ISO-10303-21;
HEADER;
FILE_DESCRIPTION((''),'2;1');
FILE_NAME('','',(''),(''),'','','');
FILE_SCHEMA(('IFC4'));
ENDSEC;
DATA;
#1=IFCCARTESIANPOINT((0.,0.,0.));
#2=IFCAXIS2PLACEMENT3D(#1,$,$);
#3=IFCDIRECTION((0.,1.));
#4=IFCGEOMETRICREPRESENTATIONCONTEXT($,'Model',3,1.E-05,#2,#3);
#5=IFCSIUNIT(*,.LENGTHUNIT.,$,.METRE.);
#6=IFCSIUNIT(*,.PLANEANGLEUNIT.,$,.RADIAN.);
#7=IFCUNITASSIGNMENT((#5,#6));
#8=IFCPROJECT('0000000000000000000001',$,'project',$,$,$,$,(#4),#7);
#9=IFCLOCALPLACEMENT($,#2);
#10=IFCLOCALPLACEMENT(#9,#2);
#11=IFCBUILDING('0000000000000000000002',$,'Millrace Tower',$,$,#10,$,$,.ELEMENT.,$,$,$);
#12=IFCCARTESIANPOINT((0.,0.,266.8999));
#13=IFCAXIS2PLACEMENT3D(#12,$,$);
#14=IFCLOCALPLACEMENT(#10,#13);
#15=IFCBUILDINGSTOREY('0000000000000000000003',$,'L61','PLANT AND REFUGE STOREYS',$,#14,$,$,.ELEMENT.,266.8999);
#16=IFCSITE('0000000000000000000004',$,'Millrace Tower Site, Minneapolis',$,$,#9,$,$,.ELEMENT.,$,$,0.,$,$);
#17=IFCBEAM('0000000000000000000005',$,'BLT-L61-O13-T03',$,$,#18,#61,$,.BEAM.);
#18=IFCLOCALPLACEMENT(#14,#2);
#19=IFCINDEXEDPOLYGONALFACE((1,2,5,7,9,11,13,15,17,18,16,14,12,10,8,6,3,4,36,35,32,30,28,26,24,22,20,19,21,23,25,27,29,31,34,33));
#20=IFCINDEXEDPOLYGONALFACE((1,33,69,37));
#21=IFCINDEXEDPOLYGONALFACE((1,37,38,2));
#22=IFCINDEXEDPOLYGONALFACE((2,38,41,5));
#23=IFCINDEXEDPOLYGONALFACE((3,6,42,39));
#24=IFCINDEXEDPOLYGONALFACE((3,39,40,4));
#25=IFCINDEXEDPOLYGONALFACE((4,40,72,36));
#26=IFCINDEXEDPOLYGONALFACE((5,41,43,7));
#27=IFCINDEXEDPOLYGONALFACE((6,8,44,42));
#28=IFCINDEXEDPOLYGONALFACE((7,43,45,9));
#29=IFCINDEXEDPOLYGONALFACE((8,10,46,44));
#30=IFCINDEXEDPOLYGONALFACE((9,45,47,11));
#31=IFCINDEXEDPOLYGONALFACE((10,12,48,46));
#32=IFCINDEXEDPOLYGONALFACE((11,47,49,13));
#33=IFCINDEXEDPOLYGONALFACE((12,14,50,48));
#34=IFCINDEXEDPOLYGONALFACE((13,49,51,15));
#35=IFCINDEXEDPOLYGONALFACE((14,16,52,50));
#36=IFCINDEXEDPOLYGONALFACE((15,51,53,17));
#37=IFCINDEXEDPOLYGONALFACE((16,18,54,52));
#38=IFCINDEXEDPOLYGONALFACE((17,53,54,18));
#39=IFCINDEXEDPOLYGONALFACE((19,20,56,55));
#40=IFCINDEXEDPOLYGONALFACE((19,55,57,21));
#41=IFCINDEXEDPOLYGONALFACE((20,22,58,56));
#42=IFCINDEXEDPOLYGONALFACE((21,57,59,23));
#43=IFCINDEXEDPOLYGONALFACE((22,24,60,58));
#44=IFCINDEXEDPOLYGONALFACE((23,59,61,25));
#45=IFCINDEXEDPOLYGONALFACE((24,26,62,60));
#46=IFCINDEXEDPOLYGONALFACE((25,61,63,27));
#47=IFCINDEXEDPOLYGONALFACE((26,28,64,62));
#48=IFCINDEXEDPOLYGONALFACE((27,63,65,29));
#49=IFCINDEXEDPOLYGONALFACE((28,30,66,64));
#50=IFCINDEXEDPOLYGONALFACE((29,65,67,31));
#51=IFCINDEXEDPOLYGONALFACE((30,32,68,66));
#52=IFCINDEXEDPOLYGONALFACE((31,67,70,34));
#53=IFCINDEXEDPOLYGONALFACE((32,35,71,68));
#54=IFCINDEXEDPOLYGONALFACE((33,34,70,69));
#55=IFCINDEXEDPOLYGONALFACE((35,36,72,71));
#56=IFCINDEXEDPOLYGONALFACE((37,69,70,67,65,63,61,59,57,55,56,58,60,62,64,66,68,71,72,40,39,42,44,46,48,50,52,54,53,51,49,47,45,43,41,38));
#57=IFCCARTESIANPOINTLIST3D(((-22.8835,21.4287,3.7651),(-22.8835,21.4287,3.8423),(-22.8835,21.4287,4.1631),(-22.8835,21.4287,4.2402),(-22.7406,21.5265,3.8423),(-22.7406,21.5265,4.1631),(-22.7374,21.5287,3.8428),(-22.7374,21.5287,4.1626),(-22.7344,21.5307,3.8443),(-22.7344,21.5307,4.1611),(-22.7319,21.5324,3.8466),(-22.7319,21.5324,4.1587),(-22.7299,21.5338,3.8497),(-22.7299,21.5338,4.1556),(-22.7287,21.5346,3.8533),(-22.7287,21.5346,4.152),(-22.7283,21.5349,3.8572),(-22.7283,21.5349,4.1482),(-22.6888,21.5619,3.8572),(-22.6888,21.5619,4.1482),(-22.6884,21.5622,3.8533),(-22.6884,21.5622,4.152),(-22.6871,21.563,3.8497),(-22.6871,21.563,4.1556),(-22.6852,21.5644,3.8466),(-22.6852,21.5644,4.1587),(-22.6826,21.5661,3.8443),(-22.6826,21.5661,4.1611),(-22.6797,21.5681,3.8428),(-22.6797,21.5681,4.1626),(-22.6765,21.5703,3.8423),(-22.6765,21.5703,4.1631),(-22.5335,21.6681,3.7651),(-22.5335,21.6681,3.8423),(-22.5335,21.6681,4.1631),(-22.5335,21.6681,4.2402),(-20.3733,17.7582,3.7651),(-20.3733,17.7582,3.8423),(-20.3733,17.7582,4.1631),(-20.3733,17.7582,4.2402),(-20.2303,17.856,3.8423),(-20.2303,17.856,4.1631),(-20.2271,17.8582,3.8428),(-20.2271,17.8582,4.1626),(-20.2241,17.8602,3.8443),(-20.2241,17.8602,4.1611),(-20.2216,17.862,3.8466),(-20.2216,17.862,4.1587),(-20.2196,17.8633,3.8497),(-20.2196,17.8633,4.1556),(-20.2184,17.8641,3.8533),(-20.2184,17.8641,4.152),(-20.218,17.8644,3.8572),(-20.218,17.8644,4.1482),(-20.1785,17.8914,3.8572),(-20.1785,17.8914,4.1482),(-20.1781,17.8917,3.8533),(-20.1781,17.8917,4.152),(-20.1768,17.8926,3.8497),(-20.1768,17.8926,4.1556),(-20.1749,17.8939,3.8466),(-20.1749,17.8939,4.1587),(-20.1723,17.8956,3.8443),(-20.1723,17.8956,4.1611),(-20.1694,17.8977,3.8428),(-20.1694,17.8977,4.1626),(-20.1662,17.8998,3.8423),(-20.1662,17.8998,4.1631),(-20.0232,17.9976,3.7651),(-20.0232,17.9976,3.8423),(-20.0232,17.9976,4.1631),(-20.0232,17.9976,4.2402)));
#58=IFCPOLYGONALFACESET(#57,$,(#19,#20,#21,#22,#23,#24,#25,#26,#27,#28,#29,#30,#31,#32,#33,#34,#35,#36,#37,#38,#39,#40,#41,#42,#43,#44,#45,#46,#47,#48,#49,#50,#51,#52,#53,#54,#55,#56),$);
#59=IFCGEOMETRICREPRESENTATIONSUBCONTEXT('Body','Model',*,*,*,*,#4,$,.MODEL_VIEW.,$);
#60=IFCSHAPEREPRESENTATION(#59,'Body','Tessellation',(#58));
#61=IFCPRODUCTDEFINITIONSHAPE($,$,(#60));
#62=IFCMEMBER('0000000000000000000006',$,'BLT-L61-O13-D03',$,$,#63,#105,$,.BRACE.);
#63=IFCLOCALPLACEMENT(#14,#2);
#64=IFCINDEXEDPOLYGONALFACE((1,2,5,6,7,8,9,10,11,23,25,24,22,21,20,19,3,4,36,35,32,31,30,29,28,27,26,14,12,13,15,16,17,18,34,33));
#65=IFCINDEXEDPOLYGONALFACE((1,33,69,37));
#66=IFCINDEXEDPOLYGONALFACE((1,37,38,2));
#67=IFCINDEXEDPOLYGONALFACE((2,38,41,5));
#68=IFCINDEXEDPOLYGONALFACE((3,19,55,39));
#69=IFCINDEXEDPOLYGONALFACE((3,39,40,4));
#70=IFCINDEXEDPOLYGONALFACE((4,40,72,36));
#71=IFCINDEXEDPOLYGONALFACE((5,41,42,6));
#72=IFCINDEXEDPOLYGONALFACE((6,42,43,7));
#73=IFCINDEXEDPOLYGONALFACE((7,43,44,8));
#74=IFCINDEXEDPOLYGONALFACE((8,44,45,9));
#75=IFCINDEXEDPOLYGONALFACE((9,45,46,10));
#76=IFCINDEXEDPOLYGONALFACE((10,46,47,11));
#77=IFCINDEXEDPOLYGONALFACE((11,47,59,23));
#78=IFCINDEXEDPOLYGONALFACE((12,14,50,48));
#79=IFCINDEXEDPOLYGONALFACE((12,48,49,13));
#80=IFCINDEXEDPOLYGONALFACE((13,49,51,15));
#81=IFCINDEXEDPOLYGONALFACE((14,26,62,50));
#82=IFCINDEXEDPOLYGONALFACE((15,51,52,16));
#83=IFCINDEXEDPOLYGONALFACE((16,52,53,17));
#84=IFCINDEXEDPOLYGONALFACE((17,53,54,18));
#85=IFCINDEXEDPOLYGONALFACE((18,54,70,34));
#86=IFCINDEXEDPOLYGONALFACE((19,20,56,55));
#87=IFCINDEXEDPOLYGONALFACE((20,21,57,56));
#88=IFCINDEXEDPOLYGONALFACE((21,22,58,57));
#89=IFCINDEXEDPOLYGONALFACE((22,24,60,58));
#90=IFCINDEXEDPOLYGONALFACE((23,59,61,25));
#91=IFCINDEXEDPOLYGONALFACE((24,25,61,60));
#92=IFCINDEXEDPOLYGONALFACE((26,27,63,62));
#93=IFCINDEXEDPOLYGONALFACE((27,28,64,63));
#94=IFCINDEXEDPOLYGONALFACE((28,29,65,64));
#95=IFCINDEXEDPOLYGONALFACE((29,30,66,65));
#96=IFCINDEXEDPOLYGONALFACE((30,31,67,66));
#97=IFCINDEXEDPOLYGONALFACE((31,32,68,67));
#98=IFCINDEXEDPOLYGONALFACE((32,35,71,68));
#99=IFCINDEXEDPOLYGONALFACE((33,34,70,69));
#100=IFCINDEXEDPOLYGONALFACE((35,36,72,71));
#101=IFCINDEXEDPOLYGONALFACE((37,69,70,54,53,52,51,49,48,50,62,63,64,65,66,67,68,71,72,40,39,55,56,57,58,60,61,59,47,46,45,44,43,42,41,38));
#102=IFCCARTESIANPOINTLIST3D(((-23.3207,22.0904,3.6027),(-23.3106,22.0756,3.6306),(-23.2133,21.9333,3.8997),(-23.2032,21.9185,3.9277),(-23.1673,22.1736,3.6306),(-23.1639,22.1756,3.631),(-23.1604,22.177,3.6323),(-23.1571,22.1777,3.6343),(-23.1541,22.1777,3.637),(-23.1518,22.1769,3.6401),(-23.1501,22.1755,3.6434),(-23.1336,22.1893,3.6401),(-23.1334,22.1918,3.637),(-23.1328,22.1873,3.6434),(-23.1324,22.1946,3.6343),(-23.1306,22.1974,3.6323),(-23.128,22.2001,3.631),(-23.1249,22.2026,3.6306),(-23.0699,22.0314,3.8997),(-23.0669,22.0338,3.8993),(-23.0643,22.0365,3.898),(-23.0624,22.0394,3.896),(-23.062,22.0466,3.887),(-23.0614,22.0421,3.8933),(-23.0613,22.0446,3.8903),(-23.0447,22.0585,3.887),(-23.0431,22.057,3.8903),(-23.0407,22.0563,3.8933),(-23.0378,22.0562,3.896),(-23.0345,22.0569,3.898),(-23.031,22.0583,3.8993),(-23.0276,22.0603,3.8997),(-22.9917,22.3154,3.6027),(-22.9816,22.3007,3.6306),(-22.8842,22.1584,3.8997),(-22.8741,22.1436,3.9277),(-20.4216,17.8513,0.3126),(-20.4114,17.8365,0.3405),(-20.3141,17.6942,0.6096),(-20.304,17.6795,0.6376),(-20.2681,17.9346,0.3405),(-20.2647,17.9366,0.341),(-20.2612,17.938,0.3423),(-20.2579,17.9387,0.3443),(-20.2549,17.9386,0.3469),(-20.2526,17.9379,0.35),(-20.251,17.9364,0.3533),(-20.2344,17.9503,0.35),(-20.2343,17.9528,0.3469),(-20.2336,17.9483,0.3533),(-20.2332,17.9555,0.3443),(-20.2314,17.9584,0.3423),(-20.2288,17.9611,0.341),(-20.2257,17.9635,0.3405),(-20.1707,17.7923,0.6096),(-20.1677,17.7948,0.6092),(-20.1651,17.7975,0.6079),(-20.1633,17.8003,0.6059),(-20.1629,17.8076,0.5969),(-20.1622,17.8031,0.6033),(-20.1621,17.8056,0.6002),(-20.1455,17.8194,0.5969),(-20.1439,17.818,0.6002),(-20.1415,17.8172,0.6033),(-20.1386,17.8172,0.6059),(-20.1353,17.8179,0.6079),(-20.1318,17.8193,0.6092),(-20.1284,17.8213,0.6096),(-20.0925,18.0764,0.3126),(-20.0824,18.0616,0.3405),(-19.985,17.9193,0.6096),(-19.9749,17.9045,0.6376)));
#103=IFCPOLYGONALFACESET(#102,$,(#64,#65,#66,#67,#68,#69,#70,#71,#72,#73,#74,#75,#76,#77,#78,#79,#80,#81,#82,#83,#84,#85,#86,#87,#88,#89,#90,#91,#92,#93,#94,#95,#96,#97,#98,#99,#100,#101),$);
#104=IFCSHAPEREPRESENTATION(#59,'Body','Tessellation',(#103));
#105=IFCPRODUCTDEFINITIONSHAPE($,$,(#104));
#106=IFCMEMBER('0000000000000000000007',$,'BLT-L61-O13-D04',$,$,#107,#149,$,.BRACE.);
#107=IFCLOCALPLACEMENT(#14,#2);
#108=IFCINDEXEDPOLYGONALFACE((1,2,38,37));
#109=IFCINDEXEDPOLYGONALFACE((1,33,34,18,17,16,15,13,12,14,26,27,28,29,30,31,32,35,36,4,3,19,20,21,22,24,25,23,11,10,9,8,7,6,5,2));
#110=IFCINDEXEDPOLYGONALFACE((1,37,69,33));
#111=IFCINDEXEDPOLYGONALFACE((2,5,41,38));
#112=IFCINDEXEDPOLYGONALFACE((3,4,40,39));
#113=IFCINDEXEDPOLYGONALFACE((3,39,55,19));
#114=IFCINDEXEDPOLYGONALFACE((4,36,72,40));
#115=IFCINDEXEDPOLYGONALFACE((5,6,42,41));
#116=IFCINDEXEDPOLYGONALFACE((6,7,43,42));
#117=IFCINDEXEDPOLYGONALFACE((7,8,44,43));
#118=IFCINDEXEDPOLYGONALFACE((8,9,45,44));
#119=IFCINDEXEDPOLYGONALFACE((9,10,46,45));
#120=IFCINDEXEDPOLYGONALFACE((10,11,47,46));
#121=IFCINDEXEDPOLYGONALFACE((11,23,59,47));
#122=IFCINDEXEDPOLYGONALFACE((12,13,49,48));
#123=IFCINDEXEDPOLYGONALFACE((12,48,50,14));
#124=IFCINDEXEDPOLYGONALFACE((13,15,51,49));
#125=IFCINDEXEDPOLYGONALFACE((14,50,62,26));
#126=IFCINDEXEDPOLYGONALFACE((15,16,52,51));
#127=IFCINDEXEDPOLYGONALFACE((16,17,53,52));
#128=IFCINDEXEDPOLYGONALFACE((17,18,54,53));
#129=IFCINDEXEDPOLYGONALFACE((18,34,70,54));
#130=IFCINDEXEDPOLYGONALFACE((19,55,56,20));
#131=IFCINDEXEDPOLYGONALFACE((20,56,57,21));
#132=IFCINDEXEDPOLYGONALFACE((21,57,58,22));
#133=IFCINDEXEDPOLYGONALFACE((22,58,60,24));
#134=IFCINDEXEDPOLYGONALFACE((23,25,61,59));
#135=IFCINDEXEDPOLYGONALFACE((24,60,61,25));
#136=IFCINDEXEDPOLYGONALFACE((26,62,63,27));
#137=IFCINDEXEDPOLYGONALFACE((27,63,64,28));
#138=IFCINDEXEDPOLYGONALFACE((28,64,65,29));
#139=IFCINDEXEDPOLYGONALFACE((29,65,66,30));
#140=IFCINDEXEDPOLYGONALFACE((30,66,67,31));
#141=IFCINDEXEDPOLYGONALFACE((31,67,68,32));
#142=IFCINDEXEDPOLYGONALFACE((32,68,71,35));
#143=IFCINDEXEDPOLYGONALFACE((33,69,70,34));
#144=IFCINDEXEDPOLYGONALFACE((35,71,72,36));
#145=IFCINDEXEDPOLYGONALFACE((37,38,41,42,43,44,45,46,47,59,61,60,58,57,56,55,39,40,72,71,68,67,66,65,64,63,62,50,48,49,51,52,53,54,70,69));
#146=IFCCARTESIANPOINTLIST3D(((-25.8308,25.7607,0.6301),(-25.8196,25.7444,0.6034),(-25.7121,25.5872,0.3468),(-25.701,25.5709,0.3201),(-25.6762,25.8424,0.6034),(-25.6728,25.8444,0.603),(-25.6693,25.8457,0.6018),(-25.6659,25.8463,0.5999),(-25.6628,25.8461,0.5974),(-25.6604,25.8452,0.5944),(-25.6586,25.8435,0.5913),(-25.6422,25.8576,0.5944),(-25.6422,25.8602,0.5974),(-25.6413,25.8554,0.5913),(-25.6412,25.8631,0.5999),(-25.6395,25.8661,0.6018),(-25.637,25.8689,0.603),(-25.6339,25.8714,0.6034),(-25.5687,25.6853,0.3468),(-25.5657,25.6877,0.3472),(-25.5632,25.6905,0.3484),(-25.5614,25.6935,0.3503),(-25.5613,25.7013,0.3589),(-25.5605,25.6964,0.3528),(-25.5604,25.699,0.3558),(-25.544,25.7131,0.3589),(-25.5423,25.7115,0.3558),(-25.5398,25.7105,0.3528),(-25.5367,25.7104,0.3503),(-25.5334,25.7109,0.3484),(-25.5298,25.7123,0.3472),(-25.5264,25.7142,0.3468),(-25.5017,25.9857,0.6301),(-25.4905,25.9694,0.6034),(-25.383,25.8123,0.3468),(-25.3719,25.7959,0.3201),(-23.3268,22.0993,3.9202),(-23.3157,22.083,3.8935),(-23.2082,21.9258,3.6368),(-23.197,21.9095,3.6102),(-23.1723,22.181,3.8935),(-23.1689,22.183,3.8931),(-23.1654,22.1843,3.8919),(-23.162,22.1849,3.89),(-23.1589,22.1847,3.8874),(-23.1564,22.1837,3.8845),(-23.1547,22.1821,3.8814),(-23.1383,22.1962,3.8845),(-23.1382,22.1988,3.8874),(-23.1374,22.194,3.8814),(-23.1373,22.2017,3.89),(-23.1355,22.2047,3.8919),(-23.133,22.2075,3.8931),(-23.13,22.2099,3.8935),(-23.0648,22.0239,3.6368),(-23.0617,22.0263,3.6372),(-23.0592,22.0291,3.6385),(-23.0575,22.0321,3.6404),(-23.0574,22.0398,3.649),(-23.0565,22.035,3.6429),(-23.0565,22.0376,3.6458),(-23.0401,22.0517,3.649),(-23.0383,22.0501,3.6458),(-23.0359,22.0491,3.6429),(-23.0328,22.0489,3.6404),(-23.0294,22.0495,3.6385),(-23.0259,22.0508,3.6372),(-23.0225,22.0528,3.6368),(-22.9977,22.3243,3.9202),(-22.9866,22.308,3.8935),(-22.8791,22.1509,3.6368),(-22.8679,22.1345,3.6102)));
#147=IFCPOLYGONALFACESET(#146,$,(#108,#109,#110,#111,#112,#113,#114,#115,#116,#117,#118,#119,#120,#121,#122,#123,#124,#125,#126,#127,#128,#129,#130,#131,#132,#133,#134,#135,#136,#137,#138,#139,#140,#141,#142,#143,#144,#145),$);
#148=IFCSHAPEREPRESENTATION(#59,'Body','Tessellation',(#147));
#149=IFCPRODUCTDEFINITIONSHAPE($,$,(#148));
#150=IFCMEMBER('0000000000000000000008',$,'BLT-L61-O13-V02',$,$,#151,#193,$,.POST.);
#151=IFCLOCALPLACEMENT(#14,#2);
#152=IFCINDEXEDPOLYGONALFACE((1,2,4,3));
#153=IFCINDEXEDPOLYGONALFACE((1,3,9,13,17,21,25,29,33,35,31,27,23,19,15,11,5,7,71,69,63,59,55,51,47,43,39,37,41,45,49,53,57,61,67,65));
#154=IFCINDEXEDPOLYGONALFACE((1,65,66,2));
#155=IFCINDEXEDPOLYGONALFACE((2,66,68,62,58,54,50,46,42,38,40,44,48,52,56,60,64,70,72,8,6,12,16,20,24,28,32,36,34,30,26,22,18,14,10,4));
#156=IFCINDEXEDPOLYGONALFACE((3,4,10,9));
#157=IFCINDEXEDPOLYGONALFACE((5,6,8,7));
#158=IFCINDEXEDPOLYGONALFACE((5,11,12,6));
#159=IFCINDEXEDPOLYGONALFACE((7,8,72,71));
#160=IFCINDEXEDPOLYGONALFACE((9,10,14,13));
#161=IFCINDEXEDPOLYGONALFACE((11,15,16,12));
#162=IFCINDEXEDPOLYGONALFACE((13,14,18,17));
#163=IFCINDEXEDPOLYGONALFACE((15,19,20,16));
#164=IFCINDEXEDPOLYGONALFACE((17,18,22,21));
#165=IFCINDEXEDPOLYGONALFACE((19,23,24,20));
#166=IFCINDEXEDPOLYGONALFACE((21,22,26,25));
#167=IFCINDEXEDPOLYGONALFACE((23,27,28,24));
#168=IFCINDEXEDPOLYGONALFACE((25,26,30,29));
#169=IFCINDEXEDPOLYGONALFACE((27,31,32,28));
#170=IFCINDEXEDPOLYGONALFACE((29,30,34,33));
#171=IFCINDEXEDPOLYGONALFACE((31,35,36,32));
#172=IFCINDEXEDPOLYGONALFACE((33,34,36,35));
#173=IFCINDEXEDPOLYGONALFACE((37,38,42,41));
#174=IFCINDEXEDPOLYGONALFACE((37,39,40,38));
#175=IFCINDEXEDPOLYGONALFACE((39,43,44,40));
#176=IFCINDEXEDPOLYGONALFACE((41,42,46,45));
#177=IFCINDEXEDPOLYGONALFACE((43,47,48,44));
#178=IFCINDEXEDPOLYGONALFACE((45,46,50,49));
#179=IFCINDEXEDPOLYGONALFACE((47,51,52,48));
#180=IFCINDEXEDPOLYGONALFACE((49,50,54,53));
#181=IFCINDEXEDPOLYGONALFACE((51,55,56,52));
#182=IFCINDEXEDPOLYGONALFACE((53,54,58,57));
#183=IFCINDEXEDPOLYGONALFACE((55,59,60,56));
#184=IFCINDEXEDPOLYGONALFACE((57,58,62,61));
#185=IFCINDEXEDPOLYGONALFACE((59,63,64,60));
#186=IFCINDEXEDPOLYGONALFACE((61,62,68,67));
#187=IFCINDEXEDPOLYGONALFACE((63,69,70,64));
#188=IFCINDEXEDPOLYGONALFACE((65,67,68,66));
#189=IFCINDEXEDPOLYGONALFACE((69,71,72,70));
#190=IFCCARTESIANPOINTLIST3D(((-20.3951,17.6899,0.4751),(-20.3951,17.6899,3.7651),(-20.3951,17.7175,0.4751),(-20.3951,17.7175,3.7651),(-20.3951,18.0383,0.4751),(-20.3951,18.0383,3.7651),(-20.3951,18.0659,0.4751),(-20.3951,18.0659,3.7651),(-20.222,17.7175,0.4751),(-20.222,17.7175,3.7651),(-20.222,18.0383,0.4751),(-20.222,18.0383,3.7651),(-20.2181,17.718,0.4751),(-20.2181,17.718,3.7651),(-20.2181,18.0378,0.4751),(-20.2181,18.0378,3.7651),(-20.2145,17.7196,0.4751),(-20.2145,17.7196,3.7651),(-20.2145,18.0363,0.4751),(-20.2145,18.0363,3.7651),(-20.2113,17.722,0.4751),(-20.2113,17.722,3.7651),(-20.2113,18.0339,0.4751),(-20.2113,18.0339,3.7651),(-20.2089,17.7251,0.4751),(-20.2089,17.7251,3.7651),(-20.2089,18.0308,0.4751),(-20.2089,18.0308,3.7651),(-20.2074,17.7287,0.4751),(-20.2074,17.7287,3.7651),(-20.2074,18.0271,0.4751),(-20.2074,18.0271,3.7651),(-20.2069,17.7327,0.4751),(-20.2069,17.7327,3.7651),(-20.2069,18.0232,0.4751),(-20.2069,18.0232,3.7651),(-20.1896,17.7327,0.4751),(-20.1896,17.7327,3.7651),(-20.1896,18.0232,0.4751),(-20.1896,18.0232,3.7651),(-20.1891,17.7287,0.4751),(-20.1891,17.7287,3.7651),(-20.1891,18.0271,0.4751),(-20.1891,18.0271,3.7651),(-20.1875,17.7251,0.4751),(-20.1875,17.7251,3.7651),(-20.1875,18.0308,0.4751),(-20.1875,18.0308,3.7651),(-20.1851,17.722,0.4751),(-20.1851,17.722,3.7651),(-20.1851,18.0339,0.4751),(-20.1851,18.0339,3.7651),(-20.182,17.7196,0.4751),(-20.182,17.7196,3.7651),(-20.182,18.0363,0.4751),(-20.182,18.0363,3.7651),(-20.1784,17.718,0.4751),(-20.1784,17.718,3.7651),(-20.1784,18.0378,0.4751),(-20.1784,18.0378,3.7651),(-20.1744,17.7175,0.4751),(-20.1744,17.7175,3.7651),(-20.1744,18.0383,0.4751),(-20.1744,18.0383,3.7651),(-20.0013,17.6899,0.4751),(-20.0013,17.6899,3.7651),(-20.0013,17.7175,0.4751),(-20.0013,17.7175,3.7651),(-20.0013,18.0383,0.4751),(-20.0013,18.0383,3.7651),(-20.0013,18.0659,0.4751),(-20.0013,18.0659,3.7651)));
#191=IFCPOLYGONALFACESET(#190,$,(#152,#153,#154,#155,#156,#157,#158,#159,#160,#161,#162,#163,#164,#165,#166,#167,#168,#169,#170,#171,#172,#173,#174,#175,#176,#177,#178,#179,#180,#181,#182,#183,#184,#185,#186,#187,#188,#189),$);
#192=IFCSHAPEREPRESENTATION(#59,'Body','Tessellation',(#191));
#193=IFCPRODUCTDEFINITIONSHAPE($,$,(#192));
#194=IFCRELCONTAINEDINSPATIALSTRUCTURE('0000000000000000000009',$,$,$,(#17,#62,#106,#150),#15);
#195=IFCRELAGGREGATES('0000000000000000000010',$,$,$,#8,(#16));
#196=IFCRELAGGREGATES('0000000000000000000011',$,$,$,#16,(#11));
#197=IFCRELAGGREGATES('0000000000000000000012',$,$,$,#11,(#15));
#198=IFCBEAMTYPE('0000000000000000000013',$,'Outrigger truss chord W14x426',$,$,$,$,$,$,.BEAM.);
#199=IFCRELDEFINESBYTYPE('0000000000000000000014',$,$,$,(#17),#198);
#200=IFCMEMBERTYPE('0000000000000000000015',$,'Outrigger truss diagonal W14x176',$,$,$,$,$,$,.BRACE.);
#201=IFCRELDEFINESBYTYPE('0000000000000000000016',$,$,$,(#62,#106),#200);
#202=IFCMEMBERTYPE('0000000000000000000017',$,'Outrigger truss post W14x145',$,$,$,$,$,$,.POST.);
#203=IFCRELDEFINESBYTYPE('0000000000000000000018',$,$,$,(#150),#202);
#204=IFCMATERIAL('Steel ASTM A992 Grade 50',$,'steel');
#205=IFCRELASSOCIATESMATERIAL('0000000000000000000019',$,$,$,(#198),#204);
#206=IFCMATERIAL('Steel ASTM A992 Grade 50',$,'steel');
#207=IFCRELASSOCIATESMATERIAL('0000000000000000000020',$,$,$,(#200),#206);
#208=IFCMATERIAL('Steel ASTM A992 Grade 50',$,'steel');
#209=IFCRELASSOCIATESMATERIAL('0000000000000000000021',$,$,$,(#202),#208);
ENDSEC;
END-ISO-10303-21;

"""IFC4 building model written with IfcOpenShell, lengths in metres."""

from ifc_helpers import new_model, si_unit, direction, frame, origin, origin_2d, place, context, subcontext, project, spatial, i_section, extrude, material, material_profile, profile_set, type_object, element, save


model = new_model("IFC4")

# Units and contexts
model_context = context("Model", 3, precision=1e-05, world=origin(), true_north=direction((0.0, 1.0)))
body_context = subcontext(model_context, "Body", "Model", "MODEL_VIEW")
ifc_project = project(units=[si_unit("LENGTHUNIT", "METRE"), si_unit("PLANEANGLEUNIT", "RADIAN")], contexts=[model_context])

# Site, building, storey
site_placement = place(None, origin())
site = spatial("IfcSite", under=ifc_project, at=site_placement, Name="Millrace Tower Site, Minneapolis", CompositionType="ELEMENT", RefElevation=0.0)
building_placement = place(site_placement, origin())
building = spatial("IfcBuilding", under=site, at=building_placement, Name="Millrace Tower", CompositionType="ELEMENT")
storey_placement = place(building_placement, frame((0.0, 0.0, 266.8999)))
storey = spatial("IfcBuildingStorey", under=building, at=storey_placement, Name="L61", Description="PLANT AND REFUGE STOREYS", CompositionType="ELEMENT", Elevation=266.8999)

# Beam
ifc_material_1 = material(Name="Steel ASTM A992 Grade 50", Category="steel")
ifc_material_profile_1 = material_profile(ifc_material_1, i_section(OverallWidth=0.4241, OverallDepth=0.4751, WebThickness=0.0479, FlangeThickness=0.0771, FilletRadius=0.0149, at=origin_2d()))
ifc_profile_set_1 = profile_set([ifc_material_profile_1], Name="Steel ASTM A992 Grade 50")
beam_type_1 = type_object("IfcBeamType", Name="Outrigger truss chord W14x426", PredefinedType="BEAM", material=ifc_profile_set_1)
beam_1_placement = place(storey_placement, frame((-20.1982, 17.8779, 4.0027), z_axis=(-0.564519, 0.82542, 0.0), x_axis=(-0.82542, -0.564519, 0.0)))
element("IfcBeam", 1, at=beam_1_placement, inside=storey, type_object=beam_type_1, Name="BLT-L61-O13-T03", PredefinedType="BEAM", context=body_context, shape_type="SweptSolid", body=[
    extrude(i_section(OverallWidth=0.4241, OverallDepth=0.4751, WebThickness=0.0479, FlangeThickness=0.0771, FilletRadius=0.0149, at=origin_2d()), origin(), (0.0, 0.0, 1.0), 4.4468),
])

# Members
ifc_material_2 = material(Name="Steel ASTM A992 Grade 50", Category="steel")
ifc_material_profile_2 = material_profile(ifc_material_2, i_section(OverallWidth=0.3987, OverallDepth=0.386, WebThickness=0.021, FlangeThickness=0.0332, FilletRadius=0.0151, at=origin_2d()))
ifc_profile_set_2 = profile_set([ifc_material_profile_2], Name="Steel ASTM A992 Grade 50")
member_type_1 = type_object("IfcMemberType", Name="Outrigger truss diagonal W14x176", PredefinedType="BRACE", material=ifc_profile_set_2)
member_1_placement = place(storey_placement, frame((-20.1982, 17.8779, 0.4751), z_axis=(-0.475345, 0.695025, 0.539432), x_axis=(-0.825417, -0.564524, 0.0)))
element("IfcMember", 2, at=member_1_placement, inside=storey, type_object=member_type_1, Name="BLT-L61-O13-D03", PredefinedType="BRACE", context=body_context, shape_type="SweptSolid", body=[
    extrude(i_section(OverallWidth=0.3987, OverallDepth=0.386, WebThickness=0.021, FlangeThickness=0.0332, FilletRadius=0.0151, at=origin_2d()), origin(), (0.0, 0.0, 1.0), 6.0991),
])
member_2_placement = place(storey_placement, frame((-25.6013, 25.7783, 0.4751), z_axis=(0.453389, -0.662976, 0.595736), x_axis=(0.825438, 0.564493, 0.0)))
element("IfcMember", 3, at=member_2_placement, inside=storey, type_object=member_type_1, Name="BLT-L61-O13-D04", PredefinedType="BRACE", context=body_context, shape_type="SweptSolid", body=[
    extrude(i_section(OverallWidth=0.3987, OverallDepth=0.386, WebThickness=0.021, FlangeThickness=0.0332, FilletRadius=0.0151, at=origin_2d()), origin(), (0.0, 0.0, 1.0), 5.5227),
])
ifc_material_3 = material(Name="Steel ASTM A992 Grade 50", Category="steel")
ifc_material_profile_3 = material_profile(ifc_material_3, i_section(OverallWidth=0.3938, OverallDepth=0.376, WebThickness=0.0173, FlangeThickness=0.0276, FilletRadius=0.0151, at=origin_2d()))
ifc_profile_set_3 = profile_set([ifc_material_profile_3], Name="Steel ASTM A992 Grade 50")
member_type_2 = type_object("IfcMemberType", Name="Outrigger truss post W14x145", PredefinedType="POST", material=ifc_profile_set_3)
for number, where, z_axis, x_axis, name in (
    (4, (-20.1982, 17.8779, 0.4751), (0.0, 0.0, 1.0), (1.0, 0.0, 0.0), "BLT-L61-O13-V02"),
):
    element("IfcMember", number, at=place(storey_placement, frame(where, z_axis=z_axis, x_axis=x_axis)), inside=storey, type_object=member_type_2, Name=name, PredefinedType="POST", context=body_context, shape_type="SweptSolid", body=[
        extrude(i_section(OverallWidth=0.3938, OverallDepth=0.376, WebThickness=0.0173, FlangeThickness=0.0276, FilletRadius=0.0151, at=origin_2d()), origin(), (0.0, 0.0, 1.0), 3.29),
    ])

save(model, "model.ifc")
